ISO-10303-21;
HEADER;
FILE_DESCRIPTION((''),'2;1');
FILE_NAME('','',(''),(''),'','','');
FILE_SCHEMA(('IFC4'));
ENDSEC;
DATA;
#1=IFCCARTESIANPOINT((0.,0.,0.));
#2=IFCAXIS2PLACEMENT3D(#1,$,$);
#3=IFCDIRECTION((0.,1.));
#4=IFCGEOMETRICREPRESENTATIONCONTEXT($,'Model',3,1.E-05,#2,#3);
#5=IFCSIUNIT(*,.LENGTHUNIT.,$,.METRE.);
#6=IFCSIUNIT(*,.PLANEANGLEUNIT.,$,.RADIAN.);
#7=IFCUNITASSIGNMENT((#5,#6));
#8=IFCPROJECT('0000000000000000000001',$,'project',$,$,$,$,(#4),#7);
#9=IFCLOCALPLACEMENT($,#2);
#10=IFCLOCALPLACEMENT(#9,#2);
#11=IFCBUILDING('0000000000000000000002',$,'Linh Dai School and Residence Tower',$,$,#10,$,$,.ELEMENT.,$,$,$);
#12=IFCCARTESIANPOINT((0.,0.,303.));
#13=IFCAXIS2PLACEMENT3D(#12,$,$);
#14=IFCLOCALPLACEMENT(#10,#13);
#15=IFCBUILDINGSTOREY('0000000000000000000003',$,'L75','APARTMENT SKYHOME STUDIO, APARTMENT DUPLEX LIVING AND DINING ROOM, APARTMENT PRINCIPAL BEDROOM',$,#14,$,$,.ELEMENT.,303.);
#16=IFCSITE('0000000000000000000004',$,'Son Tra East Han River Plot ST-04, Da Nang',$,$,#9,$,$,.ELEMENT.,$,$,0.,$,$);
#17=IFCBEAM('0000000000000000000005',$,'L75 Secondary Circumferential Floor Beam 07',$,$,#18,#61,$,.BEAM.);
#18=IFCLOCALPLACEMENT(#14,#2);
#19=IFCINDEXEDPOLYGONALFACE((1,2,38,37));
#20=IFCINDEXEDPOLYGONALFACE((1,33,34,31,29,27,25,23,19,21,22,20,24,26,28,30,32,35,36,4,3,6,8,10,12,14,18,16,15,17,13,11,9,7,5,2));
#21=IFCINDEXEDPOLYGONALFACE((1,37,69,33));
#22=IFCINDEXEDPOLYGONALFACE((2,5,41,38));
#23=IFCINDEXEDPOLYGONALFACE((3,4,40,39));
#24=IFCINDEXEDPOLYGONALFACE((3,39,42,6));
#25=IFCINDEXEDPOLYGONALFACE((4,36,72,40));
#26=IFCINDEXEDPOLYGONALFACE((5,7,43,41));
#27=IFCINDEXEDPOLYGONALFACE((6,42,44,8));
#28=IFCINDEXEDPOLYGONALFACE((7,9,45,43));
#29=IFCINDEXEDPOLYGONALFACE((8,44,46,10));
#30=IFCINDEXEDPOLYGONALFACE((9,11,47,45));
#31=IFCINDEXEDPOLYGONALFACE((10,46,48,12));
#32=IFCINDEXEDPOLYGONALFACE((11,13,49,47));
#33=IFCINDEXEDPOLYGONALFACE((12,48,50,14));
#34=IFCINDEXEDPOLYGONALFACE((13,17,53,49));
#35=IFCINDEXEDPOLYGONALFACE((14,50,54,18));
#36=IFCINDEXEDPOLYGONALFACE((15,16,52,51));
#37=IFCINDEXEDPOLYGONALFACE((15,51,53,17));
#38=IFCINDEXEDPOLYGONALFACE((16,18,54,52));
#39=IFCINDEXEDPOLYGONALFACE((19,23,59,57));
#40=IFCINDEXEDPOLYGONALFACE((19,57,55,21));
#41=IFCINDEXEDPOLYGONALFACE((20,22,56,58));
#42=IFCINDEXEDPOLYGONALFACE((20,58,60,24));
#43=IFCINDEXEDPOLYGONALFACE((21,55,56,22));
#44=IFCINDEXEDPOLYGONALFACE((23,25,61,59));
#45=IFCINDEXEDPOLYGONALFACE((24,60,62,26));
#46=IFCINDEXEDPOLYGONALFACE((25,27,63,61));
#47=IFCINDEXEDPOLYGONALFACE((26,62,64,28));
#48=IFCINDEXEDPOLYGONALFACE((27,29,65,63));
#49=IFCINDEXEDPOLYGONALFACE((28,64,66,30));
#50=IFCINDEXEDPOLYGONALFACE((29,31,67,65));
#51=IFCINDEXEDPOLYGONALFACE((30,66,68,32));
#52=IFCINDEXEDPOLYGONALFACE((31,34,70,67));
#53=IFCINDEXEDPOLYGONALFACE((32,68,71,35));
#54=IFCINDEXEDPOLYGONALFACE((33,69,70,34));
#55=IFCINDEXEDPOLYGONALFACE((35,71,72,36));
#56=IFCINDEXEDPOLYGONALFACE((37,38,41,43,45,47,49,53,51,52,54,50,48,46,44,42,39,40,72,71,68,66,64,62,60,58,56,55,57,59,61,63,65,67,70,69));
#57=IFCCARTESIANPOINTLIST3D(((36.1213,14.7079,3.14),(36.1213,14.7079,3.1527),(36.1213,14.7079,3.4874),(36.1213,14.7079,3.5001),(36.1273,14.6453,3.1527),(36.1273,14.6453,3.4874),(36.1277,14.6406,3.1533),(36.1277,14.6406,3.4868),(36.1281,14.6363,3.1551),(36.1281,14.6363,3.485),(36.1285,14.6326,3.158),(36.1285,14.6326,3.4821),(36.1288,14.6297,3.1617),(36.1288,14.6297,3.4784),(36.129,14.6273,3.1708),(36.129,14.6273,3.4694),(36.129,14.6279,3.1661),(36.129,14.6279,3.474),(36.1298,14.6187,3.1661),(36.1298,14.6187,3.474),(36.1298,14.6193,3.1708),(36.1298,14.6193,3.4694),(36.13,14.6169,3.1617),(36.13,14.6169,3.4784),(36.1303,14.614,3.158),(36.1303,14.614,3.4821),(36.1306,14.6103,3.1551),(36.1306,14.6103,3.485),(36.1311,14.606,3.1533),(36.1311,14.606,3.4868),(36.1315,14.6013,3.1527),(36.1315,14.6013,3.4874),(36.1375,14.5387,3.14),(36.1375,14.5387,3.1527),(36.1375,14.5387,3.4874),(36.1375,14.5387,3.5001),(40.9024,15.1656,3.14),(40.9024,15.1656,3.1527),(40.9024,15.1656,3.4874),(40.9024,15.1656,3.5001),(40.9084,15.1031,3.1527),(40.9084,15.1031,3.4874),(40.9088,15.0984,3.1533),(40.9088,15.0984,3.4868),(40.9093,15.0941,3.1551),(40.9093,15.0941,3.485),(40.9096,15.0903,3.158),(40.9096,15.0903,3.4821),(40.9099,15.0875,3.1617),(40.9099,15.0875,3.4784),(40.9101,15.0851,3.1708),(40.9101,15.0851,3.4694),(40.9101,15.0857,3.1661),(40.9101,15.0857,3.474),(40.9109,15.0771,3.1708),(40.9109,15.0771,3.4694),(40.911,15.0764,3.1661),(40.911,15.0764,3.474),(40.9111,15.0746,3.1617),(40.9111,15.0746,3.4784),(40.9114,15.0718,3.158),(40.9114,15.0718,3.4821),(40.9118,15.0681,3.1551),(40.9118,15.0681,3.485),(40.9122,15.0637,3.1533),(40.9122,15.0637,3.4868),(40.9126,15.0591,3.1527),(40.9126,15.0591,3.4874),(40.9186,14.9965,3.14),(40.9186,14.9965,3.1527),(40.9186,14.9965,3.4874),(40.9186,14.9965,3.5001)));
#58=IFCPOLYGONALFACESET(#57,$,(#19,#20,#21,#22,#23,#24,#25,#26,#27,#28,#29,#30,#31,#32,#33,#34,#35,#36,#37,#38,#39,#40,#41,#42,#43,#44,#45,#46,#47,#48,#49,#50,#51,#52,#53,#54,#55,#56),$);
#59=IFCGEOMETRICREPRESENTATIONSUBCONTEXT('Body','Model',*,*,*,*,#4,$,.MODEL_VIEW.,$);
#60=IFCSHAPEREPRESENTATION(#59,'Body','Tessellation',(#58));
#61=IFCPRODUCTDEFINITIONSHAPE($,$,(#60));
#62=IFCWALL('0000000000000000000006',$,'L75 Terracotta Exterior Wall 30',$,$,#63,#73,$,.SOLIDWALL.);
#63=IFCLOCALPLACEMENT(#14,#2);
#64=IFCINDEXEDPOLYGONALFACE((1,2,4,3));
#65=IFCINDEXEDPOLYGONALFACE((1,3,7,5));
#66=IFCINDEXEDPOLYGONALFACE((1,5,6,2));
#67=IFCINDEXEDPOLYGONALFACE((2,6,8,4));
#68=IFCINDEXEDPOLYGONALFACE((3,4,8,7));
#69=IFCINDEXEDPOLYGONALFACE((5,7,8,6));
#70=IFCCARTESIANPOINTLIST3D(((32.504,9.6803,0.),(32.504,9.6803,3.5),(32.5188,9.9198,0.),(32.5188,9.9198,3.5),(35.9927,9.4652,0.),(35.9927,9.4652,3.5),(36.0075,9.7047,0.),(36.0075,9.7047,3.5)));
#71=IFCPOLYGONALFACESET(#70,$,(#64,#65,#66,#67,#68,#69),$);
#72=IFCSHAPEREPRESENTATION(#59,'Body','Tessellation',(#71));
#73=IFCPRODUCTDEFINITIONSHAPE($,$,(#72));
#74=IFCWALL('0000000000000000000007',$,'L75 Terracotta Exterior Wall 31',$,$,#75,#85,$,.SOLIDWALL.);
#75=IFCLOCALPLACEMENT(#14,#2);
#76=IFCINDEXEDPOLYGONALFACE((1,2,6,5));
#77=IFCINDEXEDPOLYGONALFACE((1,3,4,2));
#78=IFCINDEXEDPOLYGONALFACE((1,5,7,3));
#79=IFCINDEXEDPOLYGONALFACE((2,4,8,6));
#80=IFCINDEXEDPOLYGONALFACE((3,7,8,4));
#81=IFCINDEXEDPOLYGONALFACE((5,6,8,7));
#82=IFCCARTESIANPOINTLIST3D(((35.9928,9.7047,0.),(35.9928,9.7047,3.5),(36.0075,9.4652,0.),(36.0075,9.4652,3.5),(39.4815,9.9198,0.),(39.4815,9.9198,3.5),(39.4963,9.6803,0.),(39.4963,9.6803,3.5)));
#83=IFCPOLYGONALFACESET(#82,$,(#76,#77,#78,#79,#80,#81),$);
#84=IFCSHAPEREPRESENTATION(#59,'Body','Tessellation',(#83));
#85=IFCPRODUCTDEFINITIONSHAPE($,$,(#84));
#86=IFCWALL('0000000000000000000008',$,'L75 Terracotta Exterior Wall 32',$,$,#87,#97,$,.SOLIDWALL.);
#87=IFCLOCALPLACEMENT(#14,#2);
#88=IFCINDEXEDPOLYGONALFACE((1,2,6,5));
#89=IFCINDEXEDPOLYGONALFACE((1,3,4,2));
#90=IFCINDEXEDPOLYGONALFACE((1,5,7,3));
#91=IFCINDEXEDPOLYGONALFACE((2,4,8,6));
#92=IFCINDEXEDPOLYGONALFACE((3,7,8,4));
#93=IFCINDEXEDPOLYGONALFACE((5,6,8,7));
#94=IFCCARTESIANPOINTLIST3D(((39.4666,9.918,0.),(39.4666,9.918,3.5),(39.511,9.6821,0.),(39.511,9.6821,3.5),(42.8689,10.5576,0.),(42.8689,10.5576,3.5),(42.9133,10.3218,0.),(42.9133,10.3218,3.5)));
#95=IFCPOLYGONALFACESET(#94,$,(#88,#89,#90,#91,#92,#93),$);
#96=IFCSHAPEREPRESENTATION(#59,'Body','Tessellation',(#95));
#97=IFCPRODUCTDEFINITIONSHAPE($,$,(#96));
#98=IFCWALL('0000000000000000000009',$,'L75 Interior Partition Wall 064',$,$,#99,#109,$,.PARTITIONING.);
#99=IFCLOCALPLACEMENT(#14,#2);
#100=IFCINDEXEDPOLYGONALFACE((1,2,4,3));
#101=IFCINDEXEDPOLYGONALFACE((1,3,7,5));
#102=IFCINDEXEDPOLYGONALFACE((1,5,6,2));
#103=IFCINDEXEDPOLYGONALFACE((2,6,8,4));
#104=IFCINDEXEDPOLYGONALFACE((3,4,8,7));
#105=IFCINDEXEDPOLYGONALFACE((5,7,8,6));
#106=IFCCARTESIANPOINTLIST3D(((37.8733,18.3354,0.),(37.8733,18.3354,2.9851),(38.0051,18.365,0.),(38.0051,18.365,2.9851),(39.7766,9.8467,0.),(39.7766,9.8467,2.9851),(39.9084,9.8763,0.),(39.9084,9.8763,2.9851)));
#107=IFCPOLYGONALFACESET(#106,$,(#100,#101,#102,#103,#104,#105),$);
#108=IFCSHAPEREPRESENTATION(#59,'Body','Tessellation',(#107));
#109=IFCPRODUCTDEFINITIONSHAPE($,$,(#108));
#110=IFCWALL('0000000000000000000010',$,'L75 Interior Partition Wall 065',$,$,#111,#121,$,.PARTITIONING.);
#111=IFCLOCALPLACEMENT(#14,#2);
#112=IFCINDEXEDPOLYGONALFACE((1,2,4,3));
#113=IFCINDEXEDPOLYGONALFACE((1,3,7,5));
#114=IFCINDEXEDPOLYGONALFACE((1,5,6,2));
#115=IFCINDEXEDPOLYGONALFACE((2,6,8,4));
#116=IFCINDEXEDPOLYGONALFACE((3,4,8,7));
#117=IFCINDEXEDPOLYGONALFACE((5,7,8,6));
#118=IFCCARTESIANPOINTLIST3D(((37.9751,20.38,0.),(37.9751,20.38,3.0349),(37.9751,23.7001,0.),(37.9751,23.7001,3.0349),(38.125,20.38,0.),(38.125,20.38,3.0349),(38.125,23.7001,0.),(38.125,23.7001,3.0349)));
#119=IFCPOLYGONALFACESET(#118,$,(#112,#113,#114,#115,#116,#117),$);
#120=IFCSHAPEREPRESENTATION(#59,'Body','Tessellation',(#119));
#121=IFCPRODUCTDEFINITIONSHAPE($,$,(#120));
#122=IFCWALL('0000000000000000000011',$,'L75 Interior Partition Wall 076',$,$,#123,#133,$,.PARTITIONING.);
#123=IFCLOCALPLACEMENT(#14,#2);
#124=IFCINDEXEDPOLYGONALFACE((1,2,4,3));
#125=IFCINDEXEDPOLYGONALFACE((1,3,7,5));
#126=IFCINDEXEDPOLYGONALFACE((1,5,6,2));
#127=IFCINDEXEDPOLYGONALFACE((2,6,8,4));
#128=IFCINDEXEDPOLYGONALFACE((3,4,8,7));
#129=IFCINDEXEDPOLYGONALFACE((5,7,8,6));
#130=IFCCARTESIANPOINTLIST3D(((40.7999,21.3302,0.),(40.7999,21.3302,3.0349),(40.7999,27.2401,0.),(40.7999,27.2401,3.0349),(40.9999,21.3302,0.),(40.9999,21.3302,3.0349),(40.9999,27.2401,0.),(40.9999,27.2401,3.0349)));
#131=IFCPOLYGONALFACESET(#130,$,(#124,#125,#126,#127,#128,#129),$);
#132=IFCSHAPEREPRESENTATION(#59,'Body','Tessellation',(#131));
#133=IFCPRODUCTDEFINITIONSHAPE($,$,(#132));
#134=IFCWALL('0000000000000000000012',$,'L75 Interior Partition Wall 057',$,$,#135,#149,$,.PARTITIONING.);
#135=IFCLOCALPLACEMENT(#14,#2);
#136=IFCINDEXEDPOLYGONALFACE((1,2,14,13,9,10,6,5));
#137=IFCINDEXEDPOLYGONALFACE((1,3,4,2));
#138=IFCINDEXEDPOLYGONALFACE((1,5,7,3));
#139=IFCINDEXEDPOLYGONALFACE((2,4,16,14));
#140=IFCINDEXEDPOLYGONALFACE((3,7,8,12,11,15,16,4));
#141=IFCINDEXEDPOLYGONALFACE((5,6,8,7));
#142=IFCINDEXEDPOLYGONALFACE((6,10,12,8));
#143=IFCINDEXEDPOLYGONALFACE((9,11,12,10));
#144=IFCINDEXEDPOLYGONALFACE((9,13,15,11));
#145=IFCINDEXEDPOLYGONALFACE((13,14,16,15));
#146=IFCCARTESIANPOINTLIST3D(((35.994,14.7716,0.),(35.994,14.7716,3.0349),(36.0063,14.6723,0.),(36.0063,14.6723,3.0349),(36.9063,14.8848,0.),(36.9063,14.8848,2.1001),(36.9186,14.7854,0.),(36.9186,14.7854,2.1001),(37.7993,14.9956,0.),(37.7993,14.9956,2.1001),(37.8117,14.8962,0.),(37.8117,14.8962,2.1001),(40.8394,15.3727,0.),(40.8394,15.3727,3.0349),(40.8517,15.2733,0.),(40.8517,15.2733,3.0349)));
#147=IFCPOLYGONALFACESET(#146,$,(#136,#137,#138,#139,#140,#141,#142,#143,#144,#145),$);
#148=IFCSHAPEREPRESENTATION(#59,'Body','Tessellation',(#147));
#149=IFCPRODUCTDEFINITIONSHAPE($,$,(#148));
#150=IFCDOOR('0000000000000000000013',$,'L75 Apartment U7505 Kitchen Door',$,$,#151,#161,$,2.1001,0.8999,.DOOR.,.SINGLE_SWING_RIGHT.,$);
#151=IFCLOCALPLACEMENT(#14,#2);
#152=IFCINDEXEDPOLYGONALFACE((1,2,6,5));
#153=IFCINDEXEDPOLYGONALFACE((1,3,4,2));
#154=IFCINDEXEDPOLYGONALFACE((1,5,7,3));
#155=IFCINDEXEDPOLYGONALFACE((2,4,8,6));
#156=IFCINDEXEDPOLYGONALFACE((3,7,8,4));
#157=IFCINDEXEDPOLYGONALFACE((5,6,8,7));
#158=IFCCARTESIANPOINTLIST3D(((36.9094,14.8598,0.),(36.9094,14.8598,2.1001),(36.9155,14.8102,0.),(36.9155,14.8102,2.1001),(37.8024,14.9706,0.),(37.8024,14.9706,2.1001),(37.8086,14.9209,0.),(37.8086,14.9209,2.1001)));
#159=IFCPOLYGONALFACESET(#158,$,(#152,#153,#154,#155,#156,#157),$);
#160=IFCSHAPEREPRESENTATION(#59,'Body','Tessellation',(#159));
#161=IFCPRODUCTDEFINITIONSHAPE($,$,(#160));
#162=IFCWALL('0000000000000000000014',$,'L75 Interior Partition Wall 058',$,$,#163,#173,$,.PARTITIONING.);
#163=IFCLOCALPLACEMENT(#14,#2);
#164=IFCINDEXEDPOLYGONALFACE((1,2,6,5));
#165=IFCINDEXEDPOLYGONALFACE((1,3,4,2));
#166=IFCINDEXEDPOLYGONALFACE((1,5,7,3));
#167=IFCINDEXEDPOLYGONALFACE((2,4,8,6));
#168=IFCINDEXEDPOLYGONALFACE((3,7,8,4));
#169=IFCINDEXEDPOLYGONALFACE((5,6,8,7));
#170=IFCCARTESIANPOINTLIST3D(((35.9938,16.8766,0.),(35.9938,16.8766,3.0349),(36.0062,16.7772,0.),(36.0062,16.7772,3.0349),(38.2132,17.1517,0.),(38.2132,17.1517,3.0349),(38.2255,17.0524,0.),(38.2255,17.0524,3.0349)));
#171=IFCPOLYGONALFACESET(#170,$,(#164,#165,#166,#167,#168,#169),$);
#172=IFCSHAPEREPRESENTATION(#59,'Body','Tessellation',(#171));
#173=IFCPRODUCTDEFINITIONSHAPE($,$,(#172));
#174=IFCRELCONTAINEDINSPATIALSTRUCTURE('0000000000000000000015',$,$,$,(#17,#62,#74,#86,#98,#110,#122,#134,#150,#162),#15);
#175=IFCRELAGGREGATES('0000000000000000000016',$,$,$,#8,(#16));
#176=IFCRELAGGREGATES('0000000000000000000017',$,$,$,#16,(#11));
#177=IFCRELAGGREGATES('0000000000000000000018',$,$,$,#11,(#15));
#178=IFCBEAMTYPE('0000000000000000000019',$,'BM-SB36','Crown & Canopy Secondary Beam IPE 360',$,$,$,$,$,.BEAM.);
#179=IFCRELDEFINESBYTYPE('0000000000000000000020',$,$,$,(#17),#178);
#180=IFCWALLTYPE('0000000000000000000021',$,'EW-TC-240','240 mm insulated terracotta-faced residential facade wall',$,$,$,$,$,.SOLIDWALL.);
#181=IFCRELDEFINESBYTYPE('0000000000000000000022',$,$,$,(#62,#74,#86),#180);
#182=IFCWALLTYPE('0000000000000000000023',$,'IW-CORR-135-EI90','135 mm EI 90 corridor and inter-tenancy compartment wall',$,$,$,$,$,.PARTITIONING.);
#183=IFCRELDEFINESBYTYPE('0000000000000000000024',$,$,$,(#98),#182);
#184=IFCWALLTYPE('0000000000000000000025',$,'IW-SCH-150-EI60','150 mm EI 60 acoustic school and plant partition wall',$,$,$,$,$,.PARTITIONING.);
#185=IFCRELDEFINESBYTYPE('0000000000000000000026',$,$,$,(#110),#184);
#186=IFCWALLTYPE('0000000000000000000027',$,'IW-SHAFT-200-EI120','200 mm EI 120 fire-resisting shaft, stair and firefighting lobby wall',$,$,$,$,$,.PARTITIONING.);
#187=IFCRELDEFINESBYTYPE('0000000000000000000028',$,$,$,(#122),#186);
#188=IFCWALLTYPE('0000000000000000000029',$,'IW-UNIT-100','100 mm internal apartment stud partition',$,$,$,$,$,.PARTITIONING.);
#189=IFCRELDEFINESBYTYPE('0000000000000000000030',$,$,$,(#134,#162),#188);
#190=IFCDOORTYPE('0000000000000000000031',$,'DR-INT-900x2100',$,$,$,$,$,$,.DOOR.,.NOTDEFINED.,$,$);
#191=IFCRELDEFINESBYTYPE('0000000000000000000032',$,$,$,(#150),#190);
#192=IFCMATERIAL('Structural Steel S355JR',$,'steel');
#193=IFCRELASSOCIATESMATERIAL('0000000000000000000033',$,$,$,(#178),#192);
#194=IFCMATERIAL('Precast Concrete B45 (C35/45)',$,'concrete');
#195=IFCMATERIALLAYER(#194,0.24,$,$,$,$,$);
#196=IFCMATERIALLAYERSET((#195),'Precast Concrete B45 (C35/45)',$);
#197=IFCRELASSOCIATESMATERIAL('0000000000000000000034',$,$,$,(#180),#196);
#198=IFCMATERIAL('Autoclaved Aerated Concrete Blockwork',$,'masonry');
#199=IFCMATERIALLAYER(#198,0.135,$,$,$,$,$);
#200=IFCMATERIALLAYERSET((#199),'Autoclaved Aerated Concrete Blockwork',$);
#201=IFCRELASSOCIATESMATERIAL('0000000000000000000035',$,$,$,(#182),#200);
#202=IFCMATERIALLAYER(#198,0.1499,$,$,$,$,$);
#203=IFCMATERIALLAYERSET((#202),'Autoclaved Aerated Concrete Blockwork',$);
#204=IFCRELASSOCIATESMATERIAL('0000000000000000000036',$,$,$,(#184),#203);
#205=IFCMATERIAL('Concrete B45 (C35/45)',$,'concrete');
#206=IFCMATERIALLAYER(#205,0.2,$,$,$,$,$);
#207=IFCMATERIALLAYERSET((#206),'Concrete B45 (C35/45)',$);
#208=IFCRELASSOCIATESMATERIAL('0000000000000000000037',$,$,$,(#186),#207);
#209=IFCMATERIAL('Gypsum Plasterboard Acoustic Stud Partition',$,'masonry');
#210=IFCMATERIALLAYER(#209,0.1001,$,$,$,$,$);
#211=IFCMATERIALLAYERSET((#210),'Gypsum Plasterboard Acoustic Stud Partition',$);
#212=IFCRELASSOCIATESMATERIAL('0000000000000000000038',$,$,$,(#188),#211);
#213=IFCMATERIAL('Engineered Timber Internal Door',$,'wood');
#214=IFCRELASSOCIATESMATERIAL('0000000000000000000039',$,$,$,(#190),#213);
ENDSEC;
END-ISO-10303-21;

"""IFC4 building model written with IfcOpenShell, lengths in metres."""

from ifc_helpers import new_model, si_unit, direction, frame, frame_2d, origin, origin_2d, place, context, subcontext, project, spatial, rectangle, i_section, extrude, source, transform, mapped, material, layer, layer_set, material_profile, profile_set, type_object, element, fill, save


model = new_model("IFC4")

# Units and contexts
model_context = context("Model", 3, precision=1e-05, world=origin(), true_north=direction((0.0, 1.0)))
body_context = subcontext(model_context, "Body", "Model", "MODEL_VIEW")
ifc_project = project(units=[si_unit("LENGTHUNIT", "METRE"), si_unit("PLANEANGLEUNIT", "RADIAN")], contexts=[model_context])

# Site, building, storey
site_placement = place(None, origin())
site = spatial("IfcSite", under=ifc_project, at=site_placement, Name="Son Tra East Han River Plot ST-04, Da Nang", CompositionType="ELEMENT", RefElevation=0.0)
building_placement = place(site_placement, origin())
building = spatial("IfcBuilding", under=site, at=building_placement, Name="Linh Dai School and Residence Tower", CompositionType="ELEMENT")
storey_placement = place(building_placement, frame((0.0, 0.0, 303.0)))
storey = spatial("IfcBuildingStorey", under=building, at=storey_placement, Name="L75", Description="APARTMENT SKYHOME STUDIO, APARTMENT DUPLEX LIVING AND DINING ROOM, APARTMENT PRINCIPAL BEDROOM", CompositionType="ELEMENT", Elevation=303.0)

# Shared definitions
ifc_material_1 = material(Name="Structural Steel S355JR", Category="steel")

# Beam
ifc_material_profile_1 = material_profile(ifc_material_1, i_section(OverallWidth=0.1699, OverallDepth=0.3601, WebThickness=0.0081, FlangeThickness=0.0127, FilletRadius=0.0181, at=origin_2d()), Name="IPE 360")
ifc_profile_set_1 = profile_set([ifc_material_profile_1], Name="Structural Steel S355JR")
beam_type_1 = type_object("IfcBeamType", Name="BM-SB36", Description="Crown & Canopy Secondary Beam IPE 360", PredefinedType="BEAM", material=ifc_profile_set_1)
beam_1_placement = place(storey_placement, frame((36.1294, 14.6233, 3.3201), z_axis=(0.995448, 0.09531, 0.0), x_axis=(-0.09531, 0.995448, 0.0)))
element("IfcBeam", 1, at=beam_1_placement, inside=storey, type_object=beam_type_1, Name="L75 Secondary Circumferential Floor Beam 07", PredefinedType="BEAM", context=body_context, shape_type="SweptSolid", body=[
    extrude(i_section(OverallWidth=0.1699, OverallDepth=0.3601, WebThickness=0.0081, FlangeThickness=0.0127, FilletRadius=0.0181, at=origin_2d()), origin(), (0.0, 0.0, 1.0), 4.803),
])

# Walls
ifc_material_2 = material(Name="Precast Concrete B45 (C35/45)", Category="concrete")
ifc_layer_1 = layer(ifc_material_2, 0.24)
ifc_layer_set_1 = layer_set([ifc_layer_1], Name="Precast Concrete B45 (C35/45)")
wall_type_1 = type_object("IfcWallType", Name="EW-TC-240", Description="240 mm insulated terracotta-faced residential facade wall", PredefinedType="SOLIDWALL", material=ifc_layer_set_1)
for number, where, z_axis, x_axis, name in (
    (2, (36.0, 9.585, 0.0), (0.0, 0.0, 1.0), (-0.998105, 0.061535, 0.0), "L75 Terracotta Exterior Wall 30"),
    (3, (39.4888, 9.8, 0.0), (0.0, 0.0, 1.0), (-0.998105, -0.061535, 0.0), "L75 Terracotta Exterior Wall 31"),
):
    element("IfcWall", number, at=place(storey_placement, frame(where, z_axis=z_axis, x_axis=x_axis)), inside=storey, type_object=wall_type_1, Name=name, PredefinedType="SOLIDWALL", context=body_context, shape_type="SweptSolid", body=[
        extrude(rectangle(XDim=3.4954, YDim=0.24, at=frame_2d((1.7476, 0.0))), origin(), (0.0, 0.0, 1.0), 3.5),
    ])
wall_1_placement = place(storey_placement, frame((42.8911, 10.4397, 0.0), z_axis=(0.0, 0.0, 1.0), x_axis=(-0.982783, -0.184765, 0.0)))
element("IfcWall", 4, at=wall_1_placement, inside=storey, type_object=wall_type_1, Name="L75 Terracotta Exterior Wall 32", PredefinedType="SOLIDWALL", context=body_context, shape_type="SweptSolid", body=[
    extrude(rectangle(XDim=3.4619, YDim=0.24, at=frame_2d((1.731, 0.0))), origin(), (0.0, 0.0, 1.0), 3.5),
])
ifc_material_3 = material(Name="Autoclaved Aerated Concrete Blockwork", Category="masonry")
ifc_layer_2 = layer(ifc_material_3, 0.135)
ifc_layer_set_2 = layer_set([ifc_layer_2], Name="Autoclaved Aerated Concrete Blockwork")
wall_type_2 = type_object("IfcWallType", Name="IW-CORR-135-EI90", Description="135 mm EI 90 corridor and inter-tenancy compartment wall", PredefinedType="PARTITIONING", material=ifc_layer_set_2)
wall_2_placement = place(storey_placement, frame((37.9392, 18.3501, 0.0), z_axis=(0.0, 0.0, 1.0), x_axis=(0.218784, -0.975773, 0.0)))
element("IfcWall", 5, at=wall_2_placement, inside=storey, type_object=wall_type_2, Name="L75 Interior Partition Wall 064", PredefinedType="PARTITIONING", context=body_context, shape_type="SweptSolid", body=[
    extrude(rectangle(XDim=8.6995, YDim=0.135, at=frame_2d((4.3496, 0.0))), origin(), (0.0, 0.0, 1.0), 2.9851),
])
ifc_layer_3 = layer(ifc_material_3, 0.1499)
ifc_layer_set_3 = layer_set([ifc_layer_3], Name="Autoclaved Aerated Concrete Blockwork")
wall_type_3 = type_object("IfcWallType", Name="IW-SCH-150-EI60", Description="150 mm EI 60 acoustic school and plant partition wall", PredefinedType="PARTITIONING", material=ifc_layer_set_3)
wall_3_placement = place(storey_placement, frame((38.05, 20.3799, 0.0), z_axis=(0.0, 0.0, 1.0), x_axis=(0.0, 1.0, 0.0)))
element("IfcWall", 6, at=wall_3_placement, inside=storey, type_object=wall_type_3, Name="L75 Interior Partition Wall 065", PredefinedType="PARTITIONING", context=body_context, shape_type="SweptSolid", body=[
    extrude(rectangle(XDim=3.3201, YDim=0.1499, at=frame_2d((1.6602, 0.0))), origin(), (0.0, 0.0, 1.0), 3.0349),
])
ifc_material_4 = material(Name="Concrete B45 (C35/45)", Category="concrete")
ifc_layer_4 = layer(ifc_material_4, 0.2)
ifc_layer_set_4 = layer_set([ifc_layer_4], Name="Concrete B45 (C35/45)")
wall_type_4 = type_object("IfcWallType", Name="IW-SHAFT-200-EI120", Description="200 mm EI 120 fire-resisting shaft, stair and firefighting lobby wall", PredefinedType="PARTITIONING", material=ifc_layer_set_4)
wall_4_placement = place(storey_placement, frame((40.8999, 21.3301, 0.0), z_axis=(0.0, 0.0, 1.0), x_axis=(0.0, 1.0, 0.0)))
element("IfcWall", 7, at=wall_4_placement, inside=storey, type_object=wall_type_4, Name="L75 Interior Partition Wall 076", PredefinedType="PARTITIONING", context=body_context, shape_type="SweptSolid", body=[
    extrude(rectangle(XDim=5.9099, YDim=0.2, at=frame_2d((2.9551, 0.0))), origin(), (0.0, 0.0, 1.0), 3.0349),
])

# Wall, opening, door
ifc_material_5 = material(Name="Gypsum Plasterboard Acoustic Stud Partition", Category="masonry")
ifc_layer_5 = layer(ifc_material_5, 0.1001)
ifc_layer_set_5 = layer_set([ifc_layer_5], Name="Gypsum Plasterboard Acoustic Stud Partition")
wall_type_5 = type_object("IfcWallType", Name="IW-UNIT-100", Description="100 mm internal apartment stud partition", PredefinedType="PARTITIONING", material=ifc_layer_set_5)
wall_5_placement = place(storey_placement, frame((36.0, 14.7219, 0.0), z_axis=(0.0, 0.0, 1.0), x_axis=(0.992394, 0.123105, 0.0)))
wall_5 = element("IfcWall", 8, at=wall_5_placement, inside=storey, type_object=wall_type_5, Name="L75 Interior Partition Wall 057", PredefinedType="PARTITIONING", context=body_context, shape_type="SweptSolid", body=[
    extrude(rectangle(XDim=4.8826, YDim=0.1001, at=frame_2d((2.4414, 0.0))), origin(), (0.0, 0.0, 1.0), 3.0349),
])
opening_1_placement = place(wall_5_placement, frame((0.9194, 0.0, 0.0)))
opening_1 = element("IfcOpeningElement", 9, at=opening_1_placement, cuts=wall_5, PredefinedType="OPENING", context=body_context, shape_type="SweptSolid", body=[
    extrude(rectangle(XDim=0.8999, YDim=2.1001, at=origin_2d()), frame((0.45, 0.0601, 1.05), z_axis=(0.0, -1.0, 0.0), x_axis=(1.0, 0.0, 0.0)), (0.0, 0.0, 1.0), 0.1201),
])
ifc_material_6 = material(Name="Engineered Timber Internal Door", Category="wood")
door_type_1 = type_object("IfcDoorType", Name="DR-INT-900x2100", OperationType="NOTDEFINED", PredefinedType="DOOR", material=ifc_material_6)
shared_shape_1 = source(origin(), body_context, "Body", "SweptSolid", [
    extrude(rectangle(XDim=0.8999, YDim=2.1001, at=origin_2d()), frame((0.45, 0.0249, 1.05), z_axis=(0.0, -1.0, 0.0), x_axis=(1.0, 0.0, 0.0)), (0.0, 0.0, 1.0), 0.05),
])
door_1_placement = place(opening_1_placement, origin())
door_1 = element("IfcDoor", 10, at=door_1_placement, inside=storey, type_object=door_type_1, Name="L75 Apartment U7505 Kitchen Door", OperationType="SINGLE_SWING_RIGHT", OverallHeight=2.1001, OverallWidth=0.8999, PredefinedType="DOOR", context=body_context, shape_type="MappedRepresentation", body=[
    mapped(shared_shape_1, transform((0.0, 0.0, 0.0), x_axis=(1.0, 0.0, 0.0), y_axis=(0.0, 1.0, 0.0), z_axis=(0.0, 0.0, 1.0), scale=1.0)),
])
fill(opening_1, door_1)

# Wall
wall_6_placement = place(storey_placement, frame((36.0, 16.8269, 0.0), z_axis=(0.0, 0.0, 1.0), x_axis=(0.992402, 0.12304, 0.0)))
element("IfcWall", 11, at=wall_6_placement, inside=storey, type_object=wall_type_5, Name="L75 Interior Partition Wall 058", PredefinedType="PARTITIONING", context=body_context, shape_type="SweptSolid", body=[
    extrude(rectangle(XDim=2.2363, YDim=0.1001, at=frame_2d((1.1182, 0.0))), origin(), (0.0, 0.0, 1.0), 3.0349),
])

save(model, "model.ifc")
